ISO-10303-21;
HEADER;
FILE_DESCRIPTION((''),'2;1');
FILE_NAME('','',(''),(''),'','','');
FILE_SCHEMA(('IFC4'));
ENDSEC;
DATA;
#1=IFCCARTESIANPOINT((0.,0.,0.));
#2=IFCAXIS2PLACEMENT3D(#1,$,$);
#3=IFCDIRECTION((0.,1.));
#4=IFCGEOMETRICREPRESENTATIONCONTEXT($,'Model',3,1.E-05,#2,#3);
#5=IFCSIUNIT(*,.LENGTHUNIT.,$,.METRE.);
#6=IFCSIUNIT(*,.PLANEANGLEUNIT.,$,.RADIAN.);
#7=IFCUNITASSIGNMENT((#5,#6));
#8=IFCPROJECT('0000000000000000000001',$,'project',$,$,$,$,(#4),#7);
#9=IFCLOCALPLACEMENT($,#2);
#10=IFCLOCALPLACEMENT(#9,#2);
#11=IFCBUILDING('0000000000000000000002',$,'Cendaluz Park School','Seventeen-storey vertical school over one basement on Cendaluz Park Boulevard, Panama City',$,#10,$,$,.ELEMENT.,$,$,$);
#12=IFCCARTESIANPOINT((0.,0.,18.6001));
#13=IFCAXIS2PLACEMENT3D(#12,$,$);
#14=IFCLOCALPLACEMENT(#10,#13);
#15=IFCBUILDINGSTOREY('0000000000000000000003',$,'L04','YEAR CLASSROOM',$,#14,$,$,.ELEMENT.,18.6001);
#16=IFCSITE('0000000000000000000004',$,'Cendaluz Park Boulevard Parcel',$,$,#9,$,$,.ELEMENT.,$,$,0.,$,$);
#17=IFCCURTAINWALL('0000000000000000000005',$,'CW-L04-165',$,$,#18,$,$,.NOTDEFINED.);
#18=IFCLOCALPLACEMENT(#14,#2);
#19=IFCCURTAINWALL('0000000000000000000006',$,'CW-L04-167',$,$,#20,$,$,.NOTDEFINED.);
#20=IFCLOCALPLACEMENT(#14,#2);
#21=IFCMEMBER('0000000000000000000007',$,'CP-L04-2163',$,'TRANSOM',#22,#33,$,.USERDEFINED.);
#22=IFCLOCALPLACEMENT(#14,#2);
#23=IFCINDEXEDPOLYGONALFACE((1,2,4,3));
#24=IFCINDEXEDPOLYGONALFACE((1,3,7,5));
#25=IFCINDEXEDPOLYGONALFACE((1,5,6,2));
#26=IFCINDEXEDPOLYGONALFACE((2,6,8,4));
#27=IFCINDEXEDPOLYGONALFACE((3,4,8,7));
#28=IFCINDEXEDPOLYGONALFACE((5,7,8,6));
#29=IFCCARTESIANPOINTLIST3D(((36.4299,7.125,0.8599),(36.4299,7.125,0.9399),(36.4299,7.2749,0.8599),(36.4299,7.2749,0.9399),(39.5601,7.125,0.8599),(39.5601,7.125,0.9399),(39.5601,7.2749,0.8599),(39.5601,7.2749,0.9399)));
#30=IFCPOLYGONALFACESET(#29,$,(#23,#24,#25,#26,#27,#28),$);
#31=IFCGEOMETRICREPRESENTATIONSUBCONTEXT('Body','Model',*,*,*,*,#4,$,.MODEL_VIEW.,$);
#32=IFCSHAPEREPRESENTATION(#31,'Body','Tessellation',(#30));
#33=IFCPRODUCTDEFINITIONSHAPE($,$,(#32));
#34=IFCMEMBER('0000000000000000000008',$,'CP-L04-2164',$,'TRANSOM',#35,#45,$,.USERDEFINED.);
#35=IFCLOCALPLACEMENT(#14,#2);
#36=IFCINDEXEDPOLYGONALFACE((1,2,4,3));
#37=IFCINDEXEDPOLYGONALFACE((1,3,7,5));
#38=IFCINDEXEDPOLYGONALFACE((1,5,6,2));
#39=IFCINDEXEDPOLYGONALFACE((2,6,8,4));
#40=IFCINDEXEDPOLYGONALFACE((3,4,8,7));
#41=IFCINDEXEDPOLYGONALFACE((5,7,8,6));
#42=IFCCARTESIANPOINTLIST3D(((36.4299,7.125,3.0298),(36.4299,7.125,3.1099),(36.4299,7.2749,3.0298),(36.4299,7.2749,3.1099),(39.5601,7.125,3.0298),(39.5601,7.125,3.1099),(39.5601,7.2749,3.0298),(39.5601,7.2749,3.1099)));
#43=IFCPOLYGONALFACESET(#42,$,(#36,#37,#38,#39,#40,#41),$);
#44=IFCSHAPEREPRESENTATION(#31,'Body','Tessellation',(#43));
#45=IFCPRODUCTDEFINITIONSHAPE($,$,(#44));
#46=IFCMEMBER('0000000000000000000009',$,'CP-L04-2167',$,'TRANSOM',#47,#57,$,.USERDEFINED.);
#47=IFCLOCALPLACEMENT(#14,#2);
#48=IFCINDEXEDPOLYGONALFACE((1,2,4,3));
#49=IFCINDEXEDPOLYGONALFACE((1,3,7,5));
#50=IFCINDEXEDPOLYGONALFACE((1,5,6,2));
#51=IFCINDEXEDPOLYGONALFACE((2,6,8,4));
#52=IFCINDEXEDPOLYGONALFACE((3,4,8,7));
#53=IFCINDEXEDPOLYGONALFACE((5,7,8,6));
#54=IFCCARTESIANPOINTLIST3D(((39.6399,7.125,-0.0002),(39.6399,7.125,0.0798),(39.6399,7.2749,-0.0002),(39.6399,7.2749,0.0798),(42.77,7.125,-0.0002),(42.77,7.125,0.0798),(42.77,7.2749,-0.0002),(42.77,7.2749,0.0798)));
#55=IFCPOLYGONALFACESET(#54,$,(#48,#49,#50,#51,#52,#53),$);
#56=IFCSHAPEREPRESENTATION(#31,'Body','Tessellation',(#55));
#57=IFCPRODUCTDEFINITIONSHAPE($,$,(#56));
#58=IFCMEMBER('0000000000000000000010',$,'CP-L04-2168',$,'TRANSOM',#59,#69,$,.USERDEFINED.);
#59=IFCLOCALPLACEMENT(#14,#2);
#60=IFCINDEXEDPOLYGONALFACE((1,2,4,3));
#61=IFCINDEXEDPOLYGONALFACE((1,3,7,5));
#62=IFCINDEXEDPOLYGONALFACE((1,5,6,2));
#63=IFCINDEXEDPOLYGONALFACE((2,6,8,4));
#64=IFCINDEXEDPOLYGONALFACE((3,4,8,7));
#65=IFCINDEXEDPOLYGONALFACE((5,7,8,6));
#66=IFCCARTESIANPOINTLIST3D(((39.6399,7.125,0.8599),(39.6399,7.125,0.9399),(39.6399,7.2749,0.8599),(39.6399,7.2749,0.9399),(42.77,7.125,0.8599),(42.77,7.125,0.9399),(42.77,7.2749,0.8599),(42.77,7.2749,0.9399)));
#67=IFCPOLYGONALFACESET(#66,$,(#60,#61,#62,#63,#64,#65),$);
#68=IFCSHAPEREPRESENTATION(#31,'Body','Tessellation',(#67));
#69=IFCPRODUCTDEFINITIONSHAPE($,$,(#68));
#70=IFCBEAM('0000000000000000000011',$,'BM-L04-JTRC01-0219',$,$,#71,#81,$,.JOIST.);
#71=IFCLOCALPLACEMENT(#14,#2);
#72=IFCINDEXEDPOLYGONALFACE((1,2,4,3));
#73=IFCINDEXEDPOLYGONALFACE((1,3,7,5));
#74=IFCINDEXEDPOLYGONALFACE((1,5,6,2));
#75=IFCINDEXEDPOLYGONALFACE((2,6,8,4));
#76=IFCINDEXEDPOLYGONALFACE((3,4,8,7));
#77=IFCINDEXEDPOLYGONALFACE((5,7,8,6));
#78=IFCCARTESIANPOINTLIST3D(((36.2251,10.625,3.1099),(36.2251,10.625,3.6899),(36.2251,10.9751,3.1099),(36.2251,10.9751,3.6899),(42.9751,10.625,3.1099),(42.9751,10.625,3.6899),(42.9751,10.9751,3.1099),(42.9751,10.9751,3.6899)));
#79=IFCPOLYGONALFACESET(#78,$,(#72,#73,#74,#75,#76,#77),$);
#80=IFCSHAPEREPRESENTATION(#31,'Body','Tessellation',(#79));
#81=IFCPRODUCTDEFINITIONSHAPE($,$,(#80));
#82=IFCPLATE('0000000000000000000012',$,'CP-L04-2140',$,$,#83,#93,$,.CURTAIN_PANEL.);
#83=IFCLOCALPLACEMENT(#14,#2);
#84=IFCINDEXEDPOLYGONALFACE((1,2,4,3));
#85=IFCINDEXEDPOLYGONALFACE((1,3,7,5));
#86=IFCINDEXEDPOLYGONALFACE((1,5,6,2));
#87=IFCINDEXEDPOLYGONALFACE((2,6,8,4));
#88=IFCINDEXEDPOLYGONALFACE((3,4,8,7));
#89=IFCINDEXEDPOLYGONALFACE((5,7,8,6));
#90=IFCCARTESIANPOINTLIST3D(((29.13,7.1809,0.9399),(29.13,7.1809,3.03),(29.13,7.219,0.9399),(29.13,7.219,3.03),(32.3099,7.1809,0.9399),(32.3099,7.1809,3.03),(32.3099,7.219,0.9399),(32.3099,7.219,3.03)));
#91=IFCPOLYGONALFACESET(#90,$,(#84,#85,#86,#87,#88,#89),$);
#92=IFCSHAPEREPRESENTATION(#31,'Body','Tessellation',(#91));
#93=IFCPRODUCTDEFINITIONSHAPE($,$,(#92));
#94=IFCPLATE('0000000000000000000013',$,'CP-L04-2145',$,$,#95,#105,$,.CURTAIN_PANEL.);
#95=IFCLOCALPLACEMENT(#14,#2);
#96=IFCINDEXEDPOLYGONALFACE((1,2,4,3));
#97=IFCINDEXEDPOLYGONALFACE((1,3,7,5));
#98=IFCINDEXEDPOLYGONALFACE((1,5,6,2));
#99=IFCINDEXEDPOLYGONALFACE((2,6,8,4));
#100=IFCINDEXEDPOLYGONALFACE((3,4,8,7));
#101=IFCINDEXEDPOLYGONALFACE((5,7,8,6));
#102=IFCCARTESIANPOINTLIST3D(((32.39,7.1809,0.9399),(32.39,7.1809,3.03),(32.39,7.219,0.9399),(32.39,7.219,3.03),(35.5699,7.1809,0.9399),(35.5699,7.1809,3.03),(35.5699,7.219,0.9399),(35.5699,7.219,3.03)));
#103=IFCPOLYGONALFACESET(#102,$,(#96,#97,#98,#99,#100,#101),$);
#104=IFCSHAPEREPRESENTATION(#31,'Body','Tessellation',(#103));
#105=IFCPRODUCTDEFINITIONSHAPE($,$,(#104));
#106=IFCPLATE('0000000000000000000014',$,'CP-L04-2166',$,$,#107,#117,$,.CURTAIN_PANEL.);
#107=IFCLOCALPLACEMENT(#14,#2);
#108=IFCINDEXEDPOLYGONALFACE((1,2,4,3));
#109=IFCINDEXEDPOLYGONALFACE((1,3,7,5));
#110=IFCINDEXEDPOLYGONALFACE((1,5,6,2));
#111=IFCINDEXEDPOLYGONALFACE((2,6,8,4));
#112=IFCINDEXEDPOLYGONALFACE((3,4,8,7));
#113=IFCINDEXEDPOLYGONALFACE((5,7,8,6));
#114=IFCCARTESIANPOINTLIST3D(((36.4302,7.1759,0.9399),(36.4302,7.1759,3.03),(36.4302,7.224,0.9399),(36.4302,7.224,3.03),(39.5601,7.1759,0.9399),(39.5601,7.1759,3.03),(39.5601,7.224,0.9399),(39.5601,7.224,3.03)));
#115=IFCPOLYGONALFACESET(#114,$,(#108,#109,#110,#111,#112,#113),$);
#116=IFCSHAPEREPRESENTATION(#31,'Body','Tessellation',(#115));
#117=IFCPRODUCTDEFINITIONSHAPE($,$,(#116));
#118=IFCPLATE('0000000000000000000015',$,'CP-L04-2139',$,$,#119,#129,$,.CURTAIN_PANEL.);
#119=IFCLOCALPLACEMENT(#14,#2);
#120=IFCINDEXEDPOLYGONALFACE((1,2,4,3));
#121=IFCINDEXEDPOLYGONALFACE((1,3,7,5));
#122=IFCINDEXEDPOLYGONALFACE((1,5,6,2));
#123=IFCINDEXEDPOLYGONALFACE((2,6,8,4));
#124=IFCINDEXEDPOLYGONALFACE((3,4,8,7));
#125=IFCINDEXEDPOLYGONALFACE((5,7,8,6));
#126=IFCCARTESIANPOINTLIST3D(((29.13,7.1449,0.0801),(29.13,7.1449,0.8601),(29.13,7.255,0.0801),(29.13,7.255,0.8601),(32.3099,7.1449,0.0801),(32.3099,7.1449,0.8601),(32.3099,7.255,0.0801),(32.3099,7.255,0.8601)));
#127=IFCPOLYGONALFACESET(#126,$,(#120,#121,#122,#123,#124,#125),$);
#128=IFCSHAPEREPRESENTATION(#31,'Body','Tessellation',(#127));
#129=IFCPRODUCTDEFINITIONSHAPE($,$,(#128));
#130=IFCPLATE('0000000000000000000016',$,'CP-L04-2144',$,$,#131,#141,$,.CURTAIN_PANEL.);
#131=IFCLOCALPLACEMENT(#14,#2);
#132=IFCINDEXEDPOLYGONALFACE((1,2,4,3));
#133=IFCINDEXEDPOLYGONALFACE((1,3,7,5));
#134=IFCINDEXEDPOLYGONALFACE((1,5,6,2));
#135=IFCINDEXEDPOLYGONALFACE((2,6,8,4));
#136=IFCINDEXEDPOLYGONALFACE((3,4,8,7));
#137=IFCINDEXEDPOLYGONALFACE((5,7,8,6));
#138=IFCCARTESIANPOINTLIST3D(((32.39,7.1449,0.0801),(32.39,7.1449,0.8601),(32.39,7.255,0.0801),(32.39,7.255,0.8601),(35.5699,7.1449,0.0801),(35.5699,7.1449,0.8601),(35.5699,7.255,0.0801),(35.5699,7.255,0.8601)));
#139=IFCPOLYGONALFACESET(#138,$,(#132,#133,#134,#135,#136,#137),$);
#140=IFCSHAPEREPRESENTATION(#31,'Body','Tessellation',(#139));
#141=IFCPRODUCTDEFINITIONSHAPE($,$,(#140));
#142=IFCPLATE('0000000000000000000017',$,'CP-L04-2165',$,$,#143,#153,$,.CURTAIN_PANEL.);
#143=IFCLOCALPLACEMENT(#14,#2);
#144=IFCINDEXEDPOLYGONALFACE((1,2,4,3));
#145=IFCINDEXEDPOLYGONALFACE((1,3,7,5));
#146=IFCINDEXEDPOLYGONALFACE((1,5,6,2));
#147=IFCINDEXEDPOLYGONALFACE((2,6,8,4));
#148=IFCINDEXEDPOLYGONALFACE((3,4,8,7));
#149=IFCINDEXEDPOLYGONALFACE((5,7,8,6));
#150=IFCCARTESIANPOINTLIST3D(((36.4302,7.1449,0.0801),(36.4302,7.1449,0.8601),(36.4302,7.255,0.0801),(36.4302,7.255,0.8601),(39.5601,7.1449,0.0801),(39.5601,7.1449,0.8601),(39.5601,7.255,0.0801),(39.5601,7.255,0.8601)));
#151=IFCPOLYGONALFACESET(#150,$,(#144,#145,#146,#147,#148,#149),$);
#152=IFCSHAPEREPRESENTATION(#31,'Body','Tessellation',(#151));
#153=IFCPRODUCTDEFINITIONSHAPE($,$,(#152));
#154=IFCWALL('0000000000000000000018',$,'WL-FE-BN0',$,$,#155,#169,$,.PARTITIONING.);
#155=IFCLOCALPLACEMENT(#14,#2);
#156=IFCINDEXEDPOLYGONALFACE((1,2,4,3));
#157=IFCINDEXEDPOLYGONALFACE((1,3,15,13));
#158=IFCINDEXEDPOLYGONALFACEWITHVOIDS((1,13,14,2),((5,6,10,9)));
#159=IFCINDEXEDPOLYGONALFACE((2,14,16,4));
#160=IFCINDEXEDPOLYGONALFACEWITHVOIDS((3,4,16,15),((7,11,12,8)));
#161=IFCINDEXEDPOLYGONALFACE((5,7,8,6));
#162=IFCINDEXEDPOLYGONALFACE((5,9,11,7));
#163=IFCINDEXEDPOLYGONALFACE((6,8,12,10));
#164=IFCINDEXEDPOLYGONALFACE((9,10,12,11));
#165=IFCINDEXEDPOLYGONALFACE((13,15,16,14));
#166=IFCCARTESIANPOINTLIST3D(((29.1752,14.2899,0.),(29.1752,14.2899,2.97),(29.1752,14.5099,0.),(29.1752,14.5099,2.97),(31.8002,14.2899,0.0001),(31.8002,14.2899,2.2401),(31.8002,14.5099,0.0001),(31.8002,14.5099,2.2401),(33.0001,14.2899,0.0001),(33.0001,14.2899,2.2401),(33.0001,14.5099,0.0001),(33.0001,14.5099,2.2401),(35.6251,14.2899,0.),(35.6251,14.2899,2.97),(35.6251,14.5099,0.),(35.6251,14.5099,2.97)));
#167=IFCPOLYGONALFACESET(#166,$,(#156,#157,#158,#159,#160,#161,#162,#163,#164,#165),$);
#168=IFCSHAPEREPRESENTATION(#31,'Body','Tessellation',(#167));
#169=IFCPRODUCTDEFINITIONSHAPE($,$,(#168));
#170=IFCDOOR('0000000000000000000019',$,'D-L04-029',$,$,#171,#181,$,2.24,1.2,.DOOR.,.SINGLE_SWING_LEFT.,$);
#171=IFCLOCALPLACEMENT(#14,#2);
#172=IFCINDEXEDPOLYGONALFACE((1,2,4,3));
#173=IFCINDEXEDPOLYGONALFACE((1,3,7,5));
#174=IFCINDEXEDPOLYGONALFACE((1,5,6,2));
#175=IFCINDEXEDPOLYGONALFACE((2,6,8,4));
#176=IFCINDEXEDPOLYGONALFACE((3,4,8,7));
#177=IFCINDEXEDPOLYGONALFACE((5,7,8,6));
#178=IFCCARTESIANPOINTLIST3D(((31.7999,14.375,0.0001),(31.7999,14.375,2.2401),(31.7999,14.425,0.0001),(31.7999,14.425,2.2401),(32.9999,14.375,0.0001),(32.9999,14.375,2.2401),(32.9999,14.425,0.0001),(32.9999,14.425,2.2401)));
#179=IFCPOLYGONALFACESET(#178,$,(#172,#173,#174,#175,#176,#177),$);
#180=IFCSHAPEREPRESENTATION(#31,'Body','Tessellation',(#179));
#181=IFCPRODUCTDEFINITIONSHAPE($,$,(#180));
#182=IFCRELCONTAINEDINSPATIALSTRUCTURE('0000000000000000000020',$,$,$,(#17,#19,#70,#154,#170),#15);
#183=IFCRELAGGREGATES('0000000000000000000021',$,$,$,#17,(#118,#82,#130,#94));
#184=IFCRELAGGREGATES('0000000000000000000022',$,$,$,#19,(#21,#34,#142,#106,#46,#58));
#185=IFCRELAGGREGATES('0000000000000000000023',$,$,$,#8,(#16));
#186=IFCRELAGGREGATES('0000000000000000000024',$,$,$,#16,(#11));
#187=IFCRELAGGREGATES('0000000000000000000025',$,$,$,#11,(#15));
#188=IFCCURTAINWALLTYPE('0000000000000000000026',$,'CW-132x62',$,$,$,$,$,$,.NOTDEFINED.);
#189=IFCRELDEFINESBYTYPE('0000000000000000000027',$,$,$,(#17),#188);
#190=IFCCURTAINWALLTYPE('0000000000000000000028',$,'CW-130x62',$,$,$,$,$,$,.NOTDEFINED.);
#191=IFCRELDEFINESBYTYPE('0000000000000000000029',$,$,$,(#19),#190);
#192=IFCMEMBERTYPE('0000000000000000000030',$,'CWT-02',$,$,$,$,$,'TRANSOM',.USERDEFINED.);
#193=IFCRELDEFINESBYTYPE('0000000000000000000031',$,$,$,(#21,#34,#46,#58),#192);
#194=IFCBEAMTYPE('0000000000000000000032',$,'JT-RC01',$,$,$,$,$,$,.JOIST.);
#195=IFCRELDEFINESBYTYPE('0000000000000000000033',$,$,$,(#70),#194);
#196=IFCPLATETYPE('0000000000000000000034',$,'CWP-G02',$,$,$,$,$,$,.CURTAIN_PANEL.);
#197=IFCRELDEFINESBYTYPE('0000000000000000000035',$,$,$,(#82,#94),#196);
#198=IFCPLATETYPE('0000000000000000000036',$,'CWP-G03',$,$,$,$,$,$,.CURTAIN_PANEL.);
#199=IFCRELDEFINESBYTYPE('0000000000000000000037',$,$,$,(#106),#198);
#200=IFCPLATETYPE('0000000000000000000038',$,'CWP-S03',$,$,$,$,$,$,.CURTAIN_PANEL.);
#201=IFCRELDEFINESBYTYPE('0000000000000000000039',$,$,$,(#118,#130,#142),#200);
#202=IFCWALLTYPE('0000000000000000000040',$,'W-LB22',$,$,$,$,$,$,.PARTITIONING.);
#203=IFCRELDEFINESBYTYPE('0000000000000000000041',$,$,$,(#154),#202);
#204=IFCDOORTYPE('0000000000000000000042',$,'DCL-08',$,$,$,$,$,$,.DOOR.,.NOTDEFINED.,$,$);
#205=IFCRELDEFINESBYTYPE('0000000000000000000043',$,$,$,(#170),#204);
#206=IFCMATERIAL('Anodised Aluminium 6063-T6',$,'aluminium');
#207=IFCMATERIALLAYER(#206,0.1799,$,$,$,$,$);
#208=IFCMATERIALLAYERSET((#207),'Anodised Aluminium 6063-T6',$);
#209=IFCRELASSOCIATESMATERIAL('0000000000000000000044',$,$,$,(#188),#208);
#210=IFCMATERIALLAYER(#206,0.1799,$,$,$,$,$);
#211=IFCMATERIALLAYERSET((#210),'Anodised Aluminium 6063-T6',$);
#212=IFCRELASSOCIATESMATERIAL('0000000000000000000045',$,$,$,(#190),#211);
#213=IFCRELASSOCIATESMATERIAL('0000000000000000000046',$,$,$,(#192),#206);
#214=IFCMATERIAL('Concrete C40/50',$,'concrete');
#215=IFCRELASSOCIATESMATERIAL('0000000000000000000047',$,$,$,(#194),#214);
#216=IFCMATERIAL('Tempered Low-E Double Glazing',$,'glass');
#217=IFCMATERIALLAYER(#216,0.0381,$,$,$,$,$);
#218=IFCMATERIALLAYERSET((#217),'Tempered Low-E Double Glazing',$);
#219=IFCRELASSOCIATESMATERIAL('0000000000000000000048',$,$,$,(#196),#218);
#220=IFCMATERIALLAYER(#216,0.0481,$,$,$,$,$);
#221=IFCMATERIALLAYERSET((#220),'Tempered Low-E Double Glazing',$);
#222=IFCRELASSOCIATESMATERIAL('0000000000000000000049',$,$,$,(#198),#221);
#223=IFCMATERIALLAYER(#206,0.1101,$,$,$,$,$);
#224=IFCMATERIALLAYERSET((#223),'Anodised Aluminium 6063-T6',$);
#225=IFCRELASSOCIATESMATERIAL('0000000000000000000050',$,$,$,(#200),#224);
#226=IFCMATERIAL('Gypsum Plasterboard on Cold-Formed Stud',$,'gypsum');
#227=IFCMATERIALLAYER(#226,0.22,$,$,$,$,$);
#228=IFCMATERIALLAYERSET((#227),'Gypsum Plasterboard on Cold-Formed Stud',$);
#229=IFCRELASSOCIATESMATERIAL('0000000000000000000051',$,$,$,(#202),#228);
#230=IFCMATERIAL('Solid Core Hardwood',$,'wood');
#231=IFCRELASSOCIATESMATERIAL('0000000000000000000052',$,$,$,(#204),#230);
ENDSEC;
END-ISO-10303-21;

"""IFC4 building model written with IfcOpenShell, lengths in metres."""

from ifc_helpers import new_model, si_unit, direction, frame, frame_2d, origin, origin_2d, place, context, subcontext, project, spatial, rectangle, extrude, material, layer, layer_set, material_profile, profile_set, type_object, element, fill, aggregate, save


model = new_model("IFC4")

# Units and contexts
model_context = context("Model", 3, precision=1e-05, world=origin(), true_north=direction((0.0, 1.0)))
body_context = subcontext(model_context, "Body", "Model", "MODEL_VIEW")
ifc_project = project(units=[si_unit("LENGTHUNIT", "METRE"), si_unit("PLANEANGLEUNIT", "RADIAN")], contexts=[model_context])

# Site, building, storey
site_placement = place(None, origin())
site = spatial("IfcSite", under=ifc_project, at=site_placement, Name="Cendaluz Park Boulevard Parcel", CompositionType="ELEMENT", RefElevation=0.0)
building_placement = place(site_placement, origin())
building = spatial("IfcBuilding", under=site, at=building_placement, Name="Cendaluz Park School", Description="Seventeen-storey vertical school over one basement on Cendaluz Park Boulevard, Panama City", CompositionType="ELEMENT")
storey_placement = place(building_placement, frame((0.0, 0.0, 18.6001)))
storey = spatial("IfcBuildingStorey", under=building, at=storey_placement, Name="L04", Description="YEAR CLASSROOM", CompositionType="ELEMENT", Elevation=18.6001)

# Shared definitions
ifc_material_1 = material(Name="Concrete C40/50", Category="concrete")

# Curtain walls
ifc_material_2 = material(Name="Anodised Aluminium 6063-T6", Category="aluminium")
ifc_layer_1 = layer(ifc_material_2, 0.1799)
ifc_layer_set_1 = layer_set([ifc_layer_1], Name="Anodised Aluminium 6063-T6")
curtain_wall_type_1 = type_object("IfcCurtainWallType", Name="CW-132x62", PredefinedType="NOTDEFINED", material=ifc_layer_set_1)
curtain_wall_1_placement = place(storey_placement, origin())
curtain_wall_1 = element("IfcCurtainWall", 1, at=curtain_wall_1_placement, inside=storey, type_object=curtain_wall_type_1, Name="CW-L04-165", PredefinedType="NOTDEFINED")
ifc_layer_2 = layer(ifc_material_2, 0.1799)
ifc_layer_set_2 = layer_set([ifc_layer_2], Name="Anodised Aluminium 6063-T6")
curtain_wall_type_2 = type_object("IfcCurtainWallType", Name="CW-130x62", PredefinedType="NOTDEFINED", material=ifc_layer_set_2)
curtain_wall_2_placement = place(storey_placement, origin())
curtain_wall_2 = element("IfcCurtainWall", 2, at=curtain_wall_2_placement, inside=storey, type_object=curtain_wall_type_2, Name="CW-L04-167", PredefinedType="NOTDEFINED")

# Members
ifc_material_profile_1 = material_profile(ifc_material_2, rectangle(XDim=0.1499, YDim=0.0801, at=origin_2d()), Name="CWT 150x80", Category="aluminium")
ifc_profile_set_1 = profile_set([ifc_material_profile_1], Name="Anodised Aluminium 6063-T6")
member_type_1 = type_object("IfcMemberType", Name="CWT-02", ElementType="TRANSOM", PredefinedType="USERDEFINED", material=ifc_profile_set_1)
member_1_placement = place(storey_placement, frame((36.4299, 7.2, 0.8999), z_axis=(1.0, 0.0, 0.0), x_axis=(0.0, 1.0, 0.0)))
member_1 = element("IfcMember", 3, at=member_1_placement, type_object=member_type_1, Name="CP-L04-2163", ObjectType="TRANSOM", PredefinedType="USERDEFINED", context=body_context, shape_type="SweptSolid", body=[
    extrude(rectangle(XDim=0.1499, YDim=0.0801, at=origin_2d()), origin(), (0.0, 0.0, 1.0), 3.1301),
])
member_2_placement = place(storey_placement, frame((36.4299, 7.2, 3.0698), z_axis=(1.0, 0.0, 0.0), x_axis=(0.0, 1.0, 0.0)))
member_2 = element("IfcMember", 4, at=member_2_placement, type_object=member_type_1, Name="CP-L04-2164", ObjectType="TRANSOM", PredefinedType="USERDEFINED", context=body_context, shape_type="SweptSolid", body=[
    extrude(rectangle(XDim=0.1499, YDim=0.0801, at=origin_2d()), origin(), (0.0, 0.0, 1.0), 3.1301),
])
member_3_placement = place(storey_placement, frame((39.6399, 7.2, 0.0398), z_axis=(1.0, 0.0, 0.0), x_axis=(0.0, 1.0, 0.0)))
member_3 = element("IfcMember", 5, at=member_3_placement, type_object=member_type_1, Name="CP-L04-2167", ObjectType="TRANSOM", PredefinedType="USERDEFINED", context=body_context, shape_type="SweptSolid", body=[
    extrude(rectangle(XDim=0.1499, YDim=0.0801, at=origin_2d()), origin(), (0.0, 0.0, 1.0), 3.1301),
])
member_4_placement = place(storey_placement, frame((39.6399, 7.2, 0.8999), z_axis=(1.0, 0.0, 0.0), x_axis=(0.0, 1.0, 0.0)))
member_4 = element("IfcMember", 6, at=member_4_placement, type_object=member_type_1, Name="CP-L04-2168", ObjectType="TRANSOM", PredefinedType="USERDEFINED", context=body_context, shape_type="SweptSolid", body=[
    extrude(rectangle(XDim=0.1499, YDim=0.0801, at=origin_2d()), origin(), (0.0, 0.0, 1.0), 3.1301),
])

# Beam
ifc_material_profile_2 = material_profile(ifc_material_1, rectangle(XDim=0.3501, YDim=0.5801, at=origin_2d()), Name="RC 350x580", Category="concrete")
ifc_profile_set_2 = profile_set([ifc_material_profile_2], Name="Concrete C40/50")
beam_type_1 = type_object("IfcBeamType", Name="JT-RC01", PredefinedType="JOIST", material=ifc_profile_set_2)
beam_1_placement = place(storey_placement, frame((36.2251, 10.8, 3.3999), z_axis=(1.0, 0.0, 0.0), x_axis=(0.0, 1.0, 0.0)))
element("IfcBeam", 7, at=beam_1_placement, inside=storey, type_object=beam_type_1, Name="BM-L04-JTRC01-0219", PredefinedType="JOIST", context=body_context, shape_type="SweptSolid", body=[
    extrude(rectangle(XDim=0.3501, YDim=0.5801, at=origin_2d()), origin(), (0.0, 0.0, 1.0), 6.75),
])

# Plates
ifc_material_3 = material(Name="Tempered Low-E Double Glazing", Category="glass")
ifc_layer_3 = layer(ifc_material_3, 0.0381)
ifc_layer_set_3 = layer_set([ifc_layer_3], Name="Tempered Low-E Double Glazing")
plate_type_1 = type_object("IfcPlateType", Name="CWP-G02", PredefinedType="CURTAIN_PANEL", material=ifc_layer_set_3)
plate_1_placement = place(storey_placement, frame((30.72, 7.2, 0.9399), z_axis=(0.0, 0.0, 1.0), x_axis=(1.0, 0.0, 0.0)))
plate_1 = element("IfcPlate", 8, at=plate_1_placement, type_object=plate_type_1, Name="CP-L04-2140", PredefinedType="CURTAIN_PANEL", context=body_context, shape_type="SweptSolid", body=[
    extrude(rectangle(XDim=3.1799, YDim=0.0381, at=origin_2d()), origin(), (0.0, 0.0, 1.0), 2.0901),
])
plate_2_placement = place(storey_placement, frame((33.98, 7.2, 0.9399), z_axis=(0.0, 0.0, 1.0), x_axis=(1.0, 0.0, 0.0)))
plate_2 = element("IfcPlate", 9, at=plate_2_placement, type_object=plate_type_1, Name="CP-L04-2145", PredefinedType="CURTAIN_PANEL", context=body_context, shape_type="SweptSolid", body=[
    extrude(rectangle(XDim=3.1799, YDim=0.0381, at=origin_2d()), origin(), (0.0, 0.0, 1.0), 2.0901),
])
ifc_layer_4 = layer(ifc_material_3, 0.0481)
ifc_layer_set_4 = layer_set([ifc_layer_4], Name="Tempered Low-E Double Glazing")
plate_type_2 = type_object("IfcPlateType", Name="CWP-G03", PredefinedType="CURTAIN_PANEL", material=ifc_layer_set_4)
plate_3_placement = place(storey_placement, frame((37.9951, 7.2, 0.9399), z_axis=(0.0, 0.0, 1.0), x_axis=(1.0, 0.0, 0.0)))
plate_3 = element("IfcPlate", 10, at=plate_3_placement, type_object=plate_type_2, Name="CP-L04-2166", PredefinedType="CURTAIN_PANEL", context=body_context, shape_type="SweptSolid", body=[
    extrude(rectangle(XDim=3.1299, YDim=0.0481, at=origin_2d()), origin(), (0.0, 0.0, 1.0), 2.0901),
])
ifc_layer_5 = layer(ifc_material_2, 0.1101)
ifc_layer_set_5 = layer_set([ifc_layer_5], Name="Anodised Aluminium 6063-T6")
plate_type_3 = type_object("IfcPlateType", Name="CWP-S03", PredefinedType="CURTAIN_PANEL", material=ifc_layer_set_5)
plate_4_placement = place(storey_placement, frame((30.72, 7.2, 0.0801), z_axis=(0.0, 0.0, 1.0), x_axis=(1.0, 0.0, 0.0)))
plate_4 = element("IfcPlate", 11, at=plate_4_placement, type_object=plate_type_3, Name="CP-L04-2139", PredefinedType="CURTAIN_PANEL", context=body_context, shape_type="SweptSolid", body=[
    extrude(rectangle(XDim=3.1799, YDim=0.1101, at=origin_2d()), origin(), (0.0, 0.0, 1.0), 0.78),
])
plate_5_placement = place(storey_placement, frame((33.98, 7.2, 0.0801), z_axis=(0.0, 0.0, 1.0), x_axis=(1.0, 0.0, 0.0)))
plate_5 = element("IfcPlate", 12, at=plate_5_placement, type_object=plate_type_3, Name="CP-L04-2144", PredefinedType="CURTAIN_PANEL", context=body_context, shape_type="SweptSolid", body=[
    extrude(rectangle(XDim=3.1799, YDim=0.1101, at=origin_2d()), origin(), (0.0, 0.0, 1.0), 0.78),
])
aggregate(curtain_wall_1, [plate_4, plate_1, plate_5, plate_2])
plate_6_placement = place(storey_placement, frame((37.9951, 7.2, 0.0801), z_axis=(0.0, 0.0, 1.0), x_axis=(1.0, 0.0, 0.0)))
plate_6 = element("IfcPlate", 13, at=plate_6_placement, type_object=plate_type_3, Name="CP-L04-2165", PredefinedType="CURTAIN_PANEL", context=body_context, shape_type="SweptSolid", body=[
    extrude(rectangle(XDim=3.1299, YDim=0.1101, at=origin_2d()), origin(), (0.0, 0.0, 1.0), 0.78),
])
aggregate(curtain_wall_2, [member_1, member_2, plate_6, plate_3, member_3, member_4])

# Wall, opening, door
ifc_material_4 = material(Name="Gypsum Plasterboard on Cold-Formed Stud", Category="gypsum")
ifc_layer_6 = layer(ifc_material_4, 0.22)
ifc_layer_set_6 = layer_set([ifc_layer_6], Name="Gypsum Plasterboard on Cold-Formed Stud")
wall_type_1 = type_object("IfcWallType", Name="W-LB22", PredefinedType="PARTITIONING", material=ifc_layer_set_6)
wall_1_placement = place(storey_placement, frame((29.175, 14.3999, 0.0), z_axis=(0.0, 0.0, 1.0), x_axis=(1.0, 0.0, 0.0)))
wall_1 = element("IfcWall", 14, at=wall_1_placement, inside=storey, type_object=wall_type_1, Name="WL-FE-BN0", PredefinedType="PARTITIONING", context=body_context, shape_type="SweptSolid", body=[
    extrude(rectangle(XDim=6.45, YDim=0.22, at=frame_2d((3.2251, 0.0))), origin(), (0.0, 0.0, 1.0), 2.97),
])
opening_1_placement = place(wall_1_placement, frame((2.625, 0.0, 0.0)))
opening_1 = element("IfcOpeningElement", 15, at=opening_1_placement, cuts=wall_1, PredefinedType="OPENING", context=body_context, shape_type="SweptSolid", body=[
    extrude(rectangle(XDim=1.2, YDim=2.24, at=frame_2d((0.6001, 1.1201))), frame((0.0, 0.1221, 0.0), z_axis=(0.0, -1.0, 0.0), x_axis=(1.0, 0.0, 0.0)), (0.0, 0.0, 1.0), 0.2439),
])
ifc_material_5 = material(Name="Solid Core Hardwood", Category="wood")
door_type_1 = type_object("IfcDoorType", Name="DCL-08", OperationType="NOTDEFINED", PredefinedType="DOOR", material=ifc_material_5)
door_1_placement = place(opening_1_placement, frame((1.2, 0.0, 0.0), z_axis=(0.0, 0.0, 1.0), x_axis=(-1.0, 0.0, 0.0)))
door_1 = element("IfcDoor", 16, at=door_1_placement, inside=storey, type_object=door_type_1, Name="D-L04-029", OperationType="SINGLE_SWING_LEFT", OverallHeight=2.24, OverallWidth=1.2, PredefinedType="DOOR", context=body_context, shape_type="SweptSolid", body=[
    extrude(rectangle(XDim=1.2, YDim=2.24, at=frame_2d((0.6001, 1.1201))), frame((0.0, 0.0249, 0.0), z_axis=(0.0, -1.0, 0.0), x_axis=(1.0, 0.0, 0.0)), (0.0, 0.0, 1.0), 0.05),
])
fill(opening_1, door_1)

save(model, "model.ifc")
